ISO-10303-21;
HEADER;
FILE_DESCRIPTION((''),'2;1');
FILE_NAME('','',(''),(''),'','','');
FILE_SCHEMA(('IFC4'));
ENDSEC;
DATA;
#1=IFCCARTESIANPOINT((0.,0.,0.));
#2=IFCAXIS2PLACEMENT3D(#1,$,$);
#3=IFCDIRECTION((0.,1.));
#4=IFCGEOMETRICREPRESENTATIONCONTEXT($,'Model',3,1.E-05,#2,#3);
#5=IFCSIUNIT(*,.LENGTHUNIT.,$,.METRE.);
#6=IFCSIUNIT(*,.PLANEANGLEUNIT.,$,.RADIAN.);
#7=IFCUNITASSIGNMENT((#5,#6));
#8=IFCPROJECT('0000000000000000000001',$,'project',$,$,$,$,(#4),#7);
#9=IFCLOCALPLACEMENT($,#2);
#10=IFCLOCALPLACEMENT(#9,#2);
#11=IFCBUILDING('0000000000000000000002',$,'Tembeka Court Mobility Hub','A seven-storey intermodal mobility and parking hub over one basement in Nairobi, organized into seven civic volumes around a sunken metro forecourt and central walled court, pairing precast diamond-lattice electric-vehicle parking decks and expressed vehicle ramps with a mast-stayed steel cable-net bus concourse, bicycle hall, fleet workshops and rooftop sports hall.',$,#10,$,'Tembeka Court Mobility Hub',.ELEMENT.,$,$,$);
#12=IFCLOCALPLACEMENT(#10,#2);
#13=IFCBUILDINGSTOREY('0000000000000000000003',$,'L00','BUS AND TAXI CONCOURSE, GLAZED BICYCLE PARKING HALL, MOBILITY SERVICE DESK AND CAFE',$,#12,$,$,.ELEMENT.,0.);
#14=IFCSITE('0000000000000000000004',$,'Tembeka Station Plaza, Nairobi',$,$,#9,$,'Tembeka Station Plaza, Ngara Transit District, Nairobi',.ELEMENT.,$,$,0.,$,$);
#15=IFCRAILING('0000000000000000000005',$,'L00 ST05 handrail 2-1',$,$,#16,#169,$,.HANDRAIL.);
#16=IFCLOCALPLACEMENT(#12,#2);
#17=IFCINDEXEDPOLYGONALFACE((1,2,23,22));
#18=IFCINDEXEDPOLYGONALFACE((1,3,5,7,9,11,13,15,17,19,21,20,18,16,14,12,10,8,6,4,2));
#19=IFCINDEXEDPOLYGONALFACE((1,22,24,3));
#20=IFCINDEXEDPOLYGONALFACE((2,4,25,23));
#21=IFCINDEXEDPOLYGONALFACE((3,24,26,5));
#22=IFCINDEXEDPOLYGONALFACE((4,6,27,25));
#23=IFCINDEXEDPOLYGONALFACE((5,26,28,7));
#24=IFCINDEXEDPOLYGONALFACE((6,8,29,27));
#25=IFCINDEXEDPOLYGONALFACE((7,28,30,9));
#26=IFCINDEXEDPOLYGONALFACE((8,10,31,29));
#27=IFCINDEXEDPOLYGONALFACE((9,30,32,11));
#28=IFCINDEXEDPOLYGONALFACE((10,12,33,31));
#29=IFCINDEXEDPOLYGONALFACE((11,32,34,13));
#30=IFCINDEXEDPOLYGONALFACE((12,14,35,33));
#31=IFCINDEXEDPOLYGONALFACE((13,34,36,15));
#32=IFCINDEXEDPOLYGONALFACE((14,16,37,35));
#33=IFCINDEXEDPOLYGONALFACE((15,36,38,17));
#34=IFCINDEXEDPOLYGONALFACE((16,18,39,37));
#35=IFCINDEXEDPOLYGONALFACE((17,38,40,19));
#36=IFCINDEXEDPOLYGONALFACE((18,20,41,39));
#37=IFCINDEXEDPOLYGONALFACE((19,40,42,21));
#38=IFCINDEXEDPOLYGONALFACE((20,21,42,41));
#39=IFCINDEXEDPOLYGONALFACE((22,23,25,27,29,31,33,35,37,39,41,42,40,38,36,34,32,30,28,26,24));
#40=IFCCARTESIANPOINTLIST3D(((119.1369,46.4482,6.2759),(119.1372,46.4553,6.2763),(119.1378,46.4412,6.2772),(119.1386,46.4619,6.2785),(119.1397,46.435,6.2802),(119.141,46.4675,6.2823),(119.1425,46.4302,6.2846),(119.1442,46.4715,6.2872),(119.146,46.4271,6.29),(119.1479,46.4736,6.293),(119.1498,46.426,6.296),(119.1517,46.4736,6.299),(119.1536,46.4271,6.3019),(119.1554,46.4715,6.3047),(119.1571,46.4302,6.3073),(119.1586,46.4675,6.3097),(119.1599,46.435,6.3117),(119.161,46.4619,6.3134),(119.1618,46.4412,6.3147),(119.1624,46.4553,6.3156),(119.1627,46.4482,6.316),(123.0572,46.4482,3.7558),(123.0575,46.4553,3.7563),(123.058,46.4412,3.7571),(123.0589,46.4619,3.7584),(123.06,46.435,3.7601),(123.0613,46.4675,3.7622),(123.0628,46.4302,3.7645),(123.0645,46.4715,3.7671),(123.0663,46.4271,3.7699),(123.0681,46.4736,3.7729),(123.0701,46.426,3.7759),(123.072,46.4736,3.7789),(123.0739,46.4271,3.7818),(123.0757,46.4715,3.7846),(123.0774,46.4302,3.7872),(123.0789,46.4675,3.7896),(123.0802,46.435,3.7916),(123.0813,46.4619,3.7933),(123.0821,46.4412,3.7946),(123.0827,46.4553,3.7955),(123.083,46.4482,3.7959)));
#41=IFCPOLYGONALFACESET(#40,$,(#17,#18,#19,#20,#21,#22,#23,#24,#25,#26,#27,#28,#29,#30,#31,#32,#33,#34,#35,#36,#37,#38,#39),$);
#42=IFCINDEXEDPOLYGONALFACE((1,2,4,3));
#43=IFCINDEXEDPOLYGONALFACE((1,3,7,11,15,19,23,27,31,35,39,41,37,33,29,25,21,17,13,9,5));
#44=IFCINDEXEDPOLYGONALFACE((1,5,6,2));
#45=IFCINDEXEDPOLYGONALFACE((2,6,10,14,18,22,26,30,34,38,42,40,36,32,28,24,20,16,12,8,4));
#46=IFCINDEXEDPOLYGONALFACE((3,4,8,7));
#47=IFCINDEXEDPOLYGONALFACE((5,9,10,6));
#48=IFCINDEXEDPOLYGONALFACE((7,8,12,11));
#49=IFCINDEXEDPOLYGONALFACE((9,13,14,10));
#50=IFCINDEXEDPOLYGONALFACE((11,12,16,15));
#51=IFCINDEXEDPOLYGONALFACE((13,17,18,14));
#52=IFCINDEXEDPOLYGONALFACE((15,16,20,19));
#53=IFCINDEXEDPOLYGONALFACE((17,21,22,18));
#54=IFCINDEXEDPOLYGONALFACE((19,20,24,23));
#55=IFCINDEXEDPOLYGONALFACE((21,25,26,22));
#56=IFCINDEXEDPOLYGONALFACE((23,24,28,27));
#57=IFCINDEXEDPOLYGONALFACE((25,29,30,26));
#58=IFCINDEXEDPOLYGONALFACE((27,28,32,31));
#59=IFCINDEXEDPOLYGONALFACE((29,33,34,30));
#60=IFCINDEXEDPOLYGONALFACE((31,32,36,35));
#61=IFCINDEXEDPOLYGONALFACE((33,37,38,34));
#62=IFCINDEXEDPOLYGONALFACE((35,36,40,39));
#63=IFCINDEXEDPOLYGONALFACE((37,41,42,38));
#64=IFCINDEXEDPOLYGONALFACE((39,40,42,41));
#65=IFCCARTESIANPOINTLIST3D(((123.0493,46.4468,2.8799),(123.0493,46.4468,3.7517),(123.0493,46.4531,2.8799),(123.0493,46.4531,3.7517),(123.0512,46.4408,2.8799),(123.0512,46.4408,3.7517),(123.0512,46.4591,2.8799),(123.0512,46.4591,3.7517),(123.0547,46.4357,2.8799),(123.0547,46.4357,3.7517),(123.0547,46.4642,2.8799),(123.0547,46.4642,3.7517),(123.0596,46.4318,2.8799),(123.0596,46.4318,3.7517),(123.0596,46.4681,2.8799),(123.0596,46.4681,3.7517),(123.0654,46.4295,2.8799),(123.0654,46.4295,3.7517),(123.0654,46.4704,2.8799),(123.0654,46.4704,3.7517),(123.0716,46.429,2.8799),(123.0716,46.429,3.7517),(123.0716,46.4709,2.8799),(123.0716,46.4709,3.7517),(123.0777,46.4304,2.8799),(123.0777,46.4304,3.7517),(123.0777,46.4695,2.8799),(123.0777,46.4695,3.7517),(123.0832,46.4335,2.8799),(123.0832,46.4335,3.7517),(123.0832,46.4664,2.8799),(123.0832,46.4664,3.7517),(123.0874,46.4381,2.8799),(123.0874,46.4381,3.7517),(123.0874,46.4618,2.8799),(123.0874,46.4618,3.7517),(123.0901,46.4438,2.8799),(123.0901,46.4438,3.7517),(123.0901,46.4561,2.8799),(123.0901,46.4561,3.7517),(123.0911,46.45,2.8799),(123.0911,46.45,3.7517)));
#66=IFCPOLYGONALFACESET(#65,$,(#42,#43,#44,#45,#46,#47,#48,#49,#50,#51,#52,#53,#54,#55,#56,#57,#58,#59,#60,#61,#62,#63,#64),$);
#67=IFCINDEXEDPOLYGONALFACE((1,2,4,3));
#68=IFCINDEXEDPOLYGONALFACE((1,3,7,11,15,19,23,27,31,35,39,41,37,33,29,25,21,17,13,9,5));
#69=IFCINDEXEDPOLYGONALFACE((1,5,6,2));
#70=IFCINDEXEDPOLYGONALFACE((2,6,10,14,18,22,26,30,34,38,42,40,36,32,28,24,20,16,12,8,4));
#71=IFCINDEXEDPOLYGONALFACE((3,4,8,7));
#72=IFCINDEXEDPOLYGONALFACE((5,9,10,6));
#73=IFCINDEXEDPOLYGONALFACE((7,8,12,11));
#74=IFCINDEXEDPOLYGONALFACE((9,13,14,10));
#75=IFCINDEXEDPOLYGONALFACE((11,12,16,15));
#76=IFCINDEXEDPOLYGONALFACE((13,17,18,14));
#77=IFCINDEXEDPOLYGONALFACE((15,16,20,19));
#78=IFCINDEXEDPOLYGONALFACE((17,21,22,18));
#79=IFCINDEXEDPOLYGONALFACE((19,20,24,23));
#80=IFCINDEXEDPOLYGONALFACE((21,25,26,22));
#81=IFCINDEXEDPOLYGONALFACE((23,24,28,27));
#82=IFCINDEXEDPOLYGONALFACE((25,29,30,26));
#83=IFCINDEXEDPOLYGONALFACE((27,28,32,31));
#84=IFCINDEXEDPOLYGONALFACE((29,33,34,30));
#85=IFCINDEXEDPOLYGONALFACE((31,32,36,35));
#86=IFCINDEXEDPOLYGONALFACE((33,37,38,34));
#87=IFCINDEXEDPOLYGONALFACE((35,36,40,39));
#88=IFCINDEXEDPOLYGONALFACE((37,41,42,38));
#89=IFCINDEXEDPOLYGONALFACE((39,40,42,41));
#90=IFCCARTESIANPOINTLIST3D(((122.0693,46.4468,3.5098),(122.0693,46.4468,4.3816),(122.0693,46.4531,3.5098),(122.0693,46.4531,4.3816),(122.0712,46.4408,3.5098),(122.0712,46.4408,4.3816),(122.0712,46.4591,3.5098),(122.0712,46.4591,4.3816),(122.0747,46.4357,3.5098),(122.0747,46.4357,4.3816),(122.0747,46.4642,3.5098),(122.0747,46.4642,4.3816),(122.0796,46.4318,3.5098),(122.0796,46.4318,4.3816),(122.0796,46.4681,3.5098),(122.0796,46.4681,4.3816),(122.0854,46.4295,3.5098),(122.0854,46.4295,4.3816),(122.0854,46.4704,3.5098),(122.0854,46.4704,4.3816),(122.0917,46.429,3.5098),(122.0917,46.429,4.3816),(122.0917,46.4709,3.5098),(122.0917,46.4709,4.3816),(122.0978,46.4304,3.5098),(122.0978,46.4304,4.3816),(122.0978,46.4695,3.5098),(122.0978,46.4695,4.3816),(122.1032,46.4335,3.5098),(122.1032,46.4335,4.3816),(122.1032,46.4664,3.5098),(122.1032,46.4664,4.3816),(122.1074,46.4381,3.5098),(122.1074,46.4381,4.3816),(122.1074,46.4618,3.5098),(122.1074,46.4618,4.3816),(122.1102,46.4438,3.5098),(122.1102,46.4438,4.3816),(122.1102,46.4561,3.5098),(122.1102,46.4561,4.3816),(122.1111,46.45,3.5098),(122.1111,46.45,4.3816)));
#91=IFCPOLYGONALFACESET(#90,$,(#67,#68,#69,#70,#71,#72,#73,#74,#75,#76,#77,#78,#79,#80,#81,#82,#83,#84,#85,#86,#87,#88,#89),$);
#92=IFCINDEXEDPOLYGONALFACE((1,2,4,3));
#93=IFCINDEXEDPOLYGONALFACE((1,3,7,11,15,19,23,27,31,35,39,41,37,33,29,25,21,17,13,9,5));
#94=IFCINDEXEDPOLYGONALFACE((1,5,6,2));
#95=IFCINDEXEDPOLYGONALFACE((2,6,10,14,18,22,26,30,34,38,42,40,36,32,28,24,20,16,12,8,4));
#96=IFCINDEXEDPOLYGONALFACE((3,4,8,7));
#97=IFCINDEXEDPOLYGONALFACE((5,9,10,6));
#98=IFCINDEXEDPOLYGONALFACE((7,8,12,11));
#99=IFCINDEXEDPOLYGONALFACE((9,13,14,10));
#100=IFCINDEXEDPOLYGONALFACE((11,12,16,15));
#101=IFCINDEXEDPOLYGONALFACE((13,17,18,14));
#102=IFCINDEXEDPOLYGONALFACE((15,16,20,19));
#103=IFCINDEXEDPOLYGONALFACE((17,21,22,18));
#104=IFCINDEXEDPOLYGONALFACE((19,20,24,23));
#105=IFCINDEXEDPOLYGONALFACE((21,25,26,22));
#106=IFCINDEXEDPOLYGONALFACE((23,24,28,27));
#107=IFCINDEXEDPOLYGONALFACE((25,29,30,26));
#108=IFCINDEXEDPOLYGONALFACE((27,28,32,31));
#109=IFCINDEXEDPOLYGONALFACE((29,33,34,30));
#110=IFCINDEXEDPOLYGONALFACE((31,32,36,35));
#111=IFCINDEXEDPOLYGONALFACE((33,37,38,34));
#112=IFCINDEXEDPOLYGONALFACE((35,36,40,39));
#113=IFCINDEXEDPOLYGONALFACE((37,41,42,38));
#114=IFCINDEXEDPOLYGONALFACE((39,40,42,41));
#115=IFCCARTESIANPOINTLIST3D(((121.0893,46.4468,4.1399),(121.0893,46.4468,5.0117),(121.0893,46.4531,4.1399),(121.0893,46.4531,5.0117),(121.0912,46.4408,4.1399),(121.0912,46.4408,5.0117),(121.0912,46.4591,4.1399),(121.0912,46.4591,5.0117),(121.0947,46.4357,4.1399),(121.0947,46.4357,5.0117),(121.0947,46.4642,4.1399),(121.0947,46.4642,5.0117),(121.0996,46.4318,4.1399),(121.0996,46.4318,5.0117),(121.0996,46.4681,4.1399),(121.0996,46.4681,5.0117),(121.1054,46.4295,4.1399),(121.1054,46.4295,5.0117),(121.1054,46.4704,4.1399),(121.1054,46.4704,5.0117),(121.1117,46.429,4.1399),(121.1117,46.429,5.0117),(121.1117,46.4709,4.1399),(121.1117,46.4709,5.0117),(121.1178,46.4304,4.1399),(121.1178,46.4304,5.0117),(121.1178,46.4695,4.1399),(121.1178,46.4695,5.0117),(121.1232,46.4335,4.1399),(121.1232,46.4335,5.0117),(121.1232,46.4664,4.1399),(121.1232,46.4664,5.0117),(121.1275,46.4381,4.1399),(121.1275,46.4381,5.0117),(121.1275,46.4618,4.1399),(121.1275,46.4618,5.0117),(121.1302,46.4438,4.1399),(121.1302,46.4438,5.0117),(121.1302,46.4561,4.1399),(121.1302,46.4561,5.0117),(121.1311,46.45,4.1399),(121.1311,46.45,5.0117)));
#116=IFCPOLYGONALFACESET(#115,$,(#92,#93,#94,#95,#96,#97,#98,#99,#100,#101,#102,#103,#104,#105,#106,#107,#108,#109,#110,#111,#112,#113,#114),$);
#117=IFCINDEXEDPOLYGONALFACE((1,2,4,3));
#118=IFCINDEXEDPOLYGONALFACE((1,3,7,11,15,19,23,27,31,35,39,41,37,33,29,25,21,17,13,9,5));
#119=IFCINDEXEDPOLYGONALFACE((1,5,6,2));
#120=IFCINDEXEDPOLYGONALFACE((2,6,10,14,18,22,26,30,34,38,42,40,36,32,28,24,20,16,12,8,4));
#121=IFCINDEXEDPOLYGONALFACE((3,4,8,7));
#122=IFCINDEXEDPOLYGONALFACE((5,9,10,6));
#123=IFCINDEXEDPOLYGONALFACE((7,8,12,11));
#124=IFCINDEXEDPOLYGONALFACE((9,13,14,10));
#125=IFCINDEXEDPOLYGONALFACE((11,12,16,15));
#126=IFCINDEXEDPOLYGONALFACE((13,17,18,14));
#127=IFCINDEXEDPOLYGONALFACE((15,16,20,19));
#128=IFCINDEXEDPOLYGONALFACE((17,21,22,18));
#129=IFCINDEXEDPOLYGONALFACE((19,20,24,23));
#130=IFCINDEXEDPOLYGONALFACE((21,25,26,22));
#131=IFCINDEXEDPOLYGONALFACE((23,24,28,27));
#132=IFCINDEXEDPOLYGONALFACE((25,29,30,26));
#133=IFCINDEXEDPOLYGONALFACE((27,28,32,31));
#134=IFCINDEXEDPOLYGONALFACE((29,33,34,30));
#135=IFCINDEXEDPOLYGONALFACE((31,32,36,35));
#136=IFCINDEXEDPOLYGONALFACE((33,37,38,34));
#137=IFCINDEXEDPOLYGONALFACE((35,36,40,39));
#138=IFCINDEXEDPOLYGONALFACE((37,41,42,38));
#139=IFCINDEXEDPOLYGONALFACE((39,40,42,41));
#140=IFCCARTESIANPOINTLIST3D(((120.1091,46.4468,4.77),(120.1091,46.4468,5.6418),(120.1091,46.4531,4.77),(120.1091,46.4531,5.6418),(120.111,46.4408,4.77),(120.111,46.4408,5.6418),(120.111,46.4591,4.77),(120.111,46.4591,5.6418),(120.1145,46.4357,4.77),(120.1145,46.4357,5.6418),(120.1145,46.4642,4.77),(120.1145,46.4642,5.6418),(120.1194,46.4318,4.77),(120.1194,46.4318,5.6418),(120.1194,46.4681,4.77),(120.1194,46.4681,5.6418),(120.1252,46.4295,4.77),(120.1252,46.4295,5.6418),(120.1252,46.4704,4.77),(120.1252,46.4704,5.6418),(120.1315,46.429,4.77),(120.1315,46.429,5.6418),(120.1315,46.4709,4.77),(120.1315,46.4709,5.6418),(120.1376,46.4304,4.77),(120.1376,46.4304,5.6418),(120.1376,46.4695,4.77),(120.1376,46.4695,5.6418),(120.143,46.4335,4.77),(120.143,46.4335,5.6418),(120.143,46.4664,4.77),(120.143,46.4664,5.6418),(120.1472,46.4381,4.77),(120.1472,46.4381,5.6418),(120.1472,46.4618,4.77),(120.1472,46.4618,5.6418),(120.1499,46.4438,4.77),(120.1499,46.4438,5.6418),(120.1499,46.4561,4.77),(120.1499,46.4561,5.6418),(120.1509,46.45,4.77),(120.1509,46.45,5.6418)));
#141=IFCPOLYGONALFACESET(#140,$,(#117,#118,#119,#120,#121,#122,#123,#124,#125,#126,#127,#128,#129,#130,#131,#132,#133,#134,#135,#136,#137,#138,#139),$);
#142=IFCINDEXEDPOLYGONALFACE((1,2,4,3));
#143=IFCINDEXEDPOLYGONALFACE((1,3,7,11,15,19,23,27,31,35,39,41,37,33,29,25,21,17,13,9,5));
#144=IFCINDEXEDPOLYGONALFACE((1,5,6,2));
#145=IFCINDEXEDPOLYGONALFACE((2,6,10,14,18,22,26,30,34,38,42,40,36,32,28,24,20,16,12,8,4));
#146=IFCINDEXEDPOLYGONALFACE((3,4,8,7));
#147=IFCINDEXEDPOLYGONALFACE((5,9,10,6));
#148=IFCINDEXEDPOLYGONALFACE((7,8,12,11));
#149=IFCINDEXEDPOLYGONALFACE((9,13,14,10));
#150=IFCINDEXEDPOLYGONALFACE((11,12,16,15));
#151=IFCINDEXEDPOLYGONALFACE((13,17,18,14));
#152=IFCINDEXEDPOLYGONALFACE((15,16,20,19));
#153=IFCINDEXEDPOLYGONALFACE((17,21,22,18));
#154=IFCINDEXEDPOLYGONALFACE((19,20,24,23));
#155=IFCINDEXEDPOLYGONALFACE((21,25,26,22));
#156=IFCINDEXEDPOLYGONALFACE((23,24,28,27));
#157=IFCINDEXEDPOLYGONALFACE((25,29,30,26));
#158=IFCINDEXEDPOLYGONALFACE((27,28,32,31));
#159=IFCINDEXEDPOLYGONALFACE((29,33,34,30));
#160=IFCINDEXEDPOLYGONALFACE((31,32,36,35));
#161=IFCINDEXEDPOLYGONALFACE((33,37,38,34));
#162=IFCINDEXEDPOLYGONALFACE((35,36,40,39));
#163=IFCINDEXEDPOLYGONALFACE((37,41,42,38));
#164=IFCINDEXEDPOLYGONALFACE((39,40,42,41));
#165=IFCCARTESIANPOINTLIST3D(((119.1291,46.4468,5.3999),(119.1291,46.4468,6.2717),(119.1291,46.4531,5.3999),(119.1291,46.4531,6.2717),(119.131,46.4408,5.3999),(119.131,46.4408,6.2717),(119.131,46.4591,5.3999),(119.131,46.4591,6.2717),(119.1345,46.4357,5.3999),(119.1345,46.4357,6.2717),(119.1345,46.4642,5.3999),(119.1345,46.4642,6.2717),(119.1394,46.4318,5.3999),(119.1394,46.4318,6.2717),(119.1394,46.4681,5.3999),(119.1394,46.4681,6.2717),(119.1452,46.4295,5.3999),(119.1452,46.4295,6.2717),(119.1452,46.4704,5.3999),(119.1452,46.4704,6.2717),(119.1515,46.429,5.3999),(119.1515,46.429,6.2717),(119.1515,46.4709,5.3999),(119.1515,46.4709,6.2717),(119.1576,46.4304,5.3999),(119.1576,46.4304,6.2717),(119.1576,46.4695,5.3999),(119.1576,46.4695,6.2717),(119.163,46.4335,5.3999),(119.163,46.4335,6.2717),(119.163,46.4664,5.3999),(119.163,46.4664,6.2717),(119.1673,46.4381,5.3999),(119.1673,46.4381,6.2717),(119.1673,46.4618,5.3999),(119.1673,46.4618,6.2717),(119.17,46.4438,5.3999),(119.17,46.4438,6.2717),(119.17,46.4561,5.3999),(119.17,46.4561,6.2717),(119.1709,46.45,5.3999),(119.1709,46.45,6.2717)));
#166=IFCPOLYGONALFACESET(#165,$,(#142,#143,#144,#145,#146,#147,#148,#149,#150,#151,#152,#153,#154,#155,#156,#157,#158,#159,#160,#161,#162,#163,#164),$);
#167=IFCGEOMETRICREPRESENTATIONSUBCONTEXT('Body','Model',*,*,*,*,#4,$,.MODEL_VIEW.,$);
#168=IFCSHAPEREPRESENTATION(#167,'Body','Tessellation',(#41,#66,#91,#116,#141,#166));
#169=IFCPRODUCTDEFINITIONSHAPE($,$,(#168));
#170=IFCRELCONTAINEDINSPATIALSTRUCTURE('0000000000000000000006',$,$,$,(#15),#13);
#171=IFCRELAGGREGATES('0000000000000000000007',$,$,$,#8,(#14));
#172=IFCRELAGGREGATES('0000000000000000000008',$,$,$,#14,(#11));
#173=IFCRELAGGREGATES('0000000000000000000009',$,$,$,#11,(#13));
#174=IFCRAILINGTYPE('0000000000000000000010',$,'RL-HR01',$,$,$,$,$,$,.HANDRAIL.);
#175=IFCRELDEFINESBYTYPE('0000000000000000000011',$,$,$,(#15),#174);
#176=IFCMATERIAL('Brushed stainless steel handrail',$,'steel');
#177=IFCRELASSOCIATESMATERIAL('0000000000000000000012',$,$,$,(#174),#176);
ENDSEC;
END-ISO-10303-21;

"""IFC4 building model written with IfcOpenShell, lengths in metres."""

from ifc_helpers import new_model, si_unit, direction, frame, origin, origin_2d, place, context, subcontext, project, spatial, circle, extrude, material, type_object, element, save


model = new_model("IFC4")

# Units and contexts
model_context = context("Model", 3, precision=1e-05, world=origin(), true_north=direction((0.0, 1.0)))
body_context = subcontext(model_context, "Body", "Model", "MODEL_VIEW")
ifc_project = project(units=[si_unit("LENGTHUNIT", "METRE"), si_unit("PLANEANGLEUNIT", "RADIAN")], contexts=[model_context])

# Site, building, storey
site_placement = place(None, origin())
site = spatial("IfcSite", under=ifc_project, at=site_placement, Name="Tembeka Station Plaza, Nairobi", LongName="Tembeka Station Plaza, Ngara Transit District, Nairobi", CompositionType="ELEMENT", RefElevation=0.0)
building_placement = place(site_placement, origin())
building = spatial("IfcBuilding", under=site, at=building_placement, Name="Tembeka Court Mobility Hub", Description="A seven-storey intermodal mobility and parking hub over one basement in Nairobi, organized into seven civic volumes around a sunken metro forecourt and central walled court, pairing precast diamond-lattice electric-vehicle parking decks and expressed vehicle ramps with a mast-stayed steel cable-net bus concourse, bicycle hall, fleet workshops and rooftop sports hall.", LongName="Tembeka Court Mobility Hub", CompositionType="ELEMENT")
storey_placement = place(building_placement, origin())
storey = spatial("IfcBuildingStorey", under=building, at=storey_placement, Name="L00", Description="BUS AND TAXI CONCOURSE, GLAZED BICYCLE PARKING HALL, MOBILITY SERVICE DESK AND CAFE", CompositionType="ELEMENT", Elevation=0.0)

# Railing
ifc_material_1 = material(Name="Brushed stainless steel handrail", Category="steel")
railing_type_1 = type_object("IfcRailingType", Name="RL-HR01", PredefinedType="HANDRAIL", material=ifc_material_1)
railing_1_placement = place(storey_placement, frame((123.0701, 46.45, 2.8799)))
element("IfcRailing", 1, at=railing_1_placement, inside=storey, type_object=railing_type_1, Name="L00 ST05 handrail 2-1", PredefinedType="HANDRAIL", context=body_context, shape_type="SweptSolid", body=[
    extrude(circle(Radius=0.0239, at=origin_2d()), frame((0.0, 0.0, 0.896), z_axis=(-0.841187, 0.0, 0.540744), x_axis=(0.0, -1.0, 0.0)), (0.0, 0.0, 1.0), 4.6604),
    extrude(circle(Radius=0.021, at=origin_2d()), origin(), (0.0, 0.0, 1.0), 0.8718),
    extrude(circle(Radius=0.021, at=origin_2d()), frame((-0.98, 0.0, 0.6299)), (0.0, 0.0, 1.0), 0.8718),
    extrude(circle(Radius=0.021, at=origin_2d()), frame((-1.96, 0.0, 1.26)), (0.0, 0.0, 1.0), 0.8718),
    extrude(circle(Radius=0.021, at=origin_2d()), frame((-2.9402, 0.0, 1.8901)), (0.0, 0.0, 1.0), 0.8718),
    extrude(circle(Radius=0.021, at=origin_2d()), frame((-3.9202, 0.0, 2.52)), (0.0, 0.0, 1.0), 0.8718),
])

save(model, "model.ifc")
